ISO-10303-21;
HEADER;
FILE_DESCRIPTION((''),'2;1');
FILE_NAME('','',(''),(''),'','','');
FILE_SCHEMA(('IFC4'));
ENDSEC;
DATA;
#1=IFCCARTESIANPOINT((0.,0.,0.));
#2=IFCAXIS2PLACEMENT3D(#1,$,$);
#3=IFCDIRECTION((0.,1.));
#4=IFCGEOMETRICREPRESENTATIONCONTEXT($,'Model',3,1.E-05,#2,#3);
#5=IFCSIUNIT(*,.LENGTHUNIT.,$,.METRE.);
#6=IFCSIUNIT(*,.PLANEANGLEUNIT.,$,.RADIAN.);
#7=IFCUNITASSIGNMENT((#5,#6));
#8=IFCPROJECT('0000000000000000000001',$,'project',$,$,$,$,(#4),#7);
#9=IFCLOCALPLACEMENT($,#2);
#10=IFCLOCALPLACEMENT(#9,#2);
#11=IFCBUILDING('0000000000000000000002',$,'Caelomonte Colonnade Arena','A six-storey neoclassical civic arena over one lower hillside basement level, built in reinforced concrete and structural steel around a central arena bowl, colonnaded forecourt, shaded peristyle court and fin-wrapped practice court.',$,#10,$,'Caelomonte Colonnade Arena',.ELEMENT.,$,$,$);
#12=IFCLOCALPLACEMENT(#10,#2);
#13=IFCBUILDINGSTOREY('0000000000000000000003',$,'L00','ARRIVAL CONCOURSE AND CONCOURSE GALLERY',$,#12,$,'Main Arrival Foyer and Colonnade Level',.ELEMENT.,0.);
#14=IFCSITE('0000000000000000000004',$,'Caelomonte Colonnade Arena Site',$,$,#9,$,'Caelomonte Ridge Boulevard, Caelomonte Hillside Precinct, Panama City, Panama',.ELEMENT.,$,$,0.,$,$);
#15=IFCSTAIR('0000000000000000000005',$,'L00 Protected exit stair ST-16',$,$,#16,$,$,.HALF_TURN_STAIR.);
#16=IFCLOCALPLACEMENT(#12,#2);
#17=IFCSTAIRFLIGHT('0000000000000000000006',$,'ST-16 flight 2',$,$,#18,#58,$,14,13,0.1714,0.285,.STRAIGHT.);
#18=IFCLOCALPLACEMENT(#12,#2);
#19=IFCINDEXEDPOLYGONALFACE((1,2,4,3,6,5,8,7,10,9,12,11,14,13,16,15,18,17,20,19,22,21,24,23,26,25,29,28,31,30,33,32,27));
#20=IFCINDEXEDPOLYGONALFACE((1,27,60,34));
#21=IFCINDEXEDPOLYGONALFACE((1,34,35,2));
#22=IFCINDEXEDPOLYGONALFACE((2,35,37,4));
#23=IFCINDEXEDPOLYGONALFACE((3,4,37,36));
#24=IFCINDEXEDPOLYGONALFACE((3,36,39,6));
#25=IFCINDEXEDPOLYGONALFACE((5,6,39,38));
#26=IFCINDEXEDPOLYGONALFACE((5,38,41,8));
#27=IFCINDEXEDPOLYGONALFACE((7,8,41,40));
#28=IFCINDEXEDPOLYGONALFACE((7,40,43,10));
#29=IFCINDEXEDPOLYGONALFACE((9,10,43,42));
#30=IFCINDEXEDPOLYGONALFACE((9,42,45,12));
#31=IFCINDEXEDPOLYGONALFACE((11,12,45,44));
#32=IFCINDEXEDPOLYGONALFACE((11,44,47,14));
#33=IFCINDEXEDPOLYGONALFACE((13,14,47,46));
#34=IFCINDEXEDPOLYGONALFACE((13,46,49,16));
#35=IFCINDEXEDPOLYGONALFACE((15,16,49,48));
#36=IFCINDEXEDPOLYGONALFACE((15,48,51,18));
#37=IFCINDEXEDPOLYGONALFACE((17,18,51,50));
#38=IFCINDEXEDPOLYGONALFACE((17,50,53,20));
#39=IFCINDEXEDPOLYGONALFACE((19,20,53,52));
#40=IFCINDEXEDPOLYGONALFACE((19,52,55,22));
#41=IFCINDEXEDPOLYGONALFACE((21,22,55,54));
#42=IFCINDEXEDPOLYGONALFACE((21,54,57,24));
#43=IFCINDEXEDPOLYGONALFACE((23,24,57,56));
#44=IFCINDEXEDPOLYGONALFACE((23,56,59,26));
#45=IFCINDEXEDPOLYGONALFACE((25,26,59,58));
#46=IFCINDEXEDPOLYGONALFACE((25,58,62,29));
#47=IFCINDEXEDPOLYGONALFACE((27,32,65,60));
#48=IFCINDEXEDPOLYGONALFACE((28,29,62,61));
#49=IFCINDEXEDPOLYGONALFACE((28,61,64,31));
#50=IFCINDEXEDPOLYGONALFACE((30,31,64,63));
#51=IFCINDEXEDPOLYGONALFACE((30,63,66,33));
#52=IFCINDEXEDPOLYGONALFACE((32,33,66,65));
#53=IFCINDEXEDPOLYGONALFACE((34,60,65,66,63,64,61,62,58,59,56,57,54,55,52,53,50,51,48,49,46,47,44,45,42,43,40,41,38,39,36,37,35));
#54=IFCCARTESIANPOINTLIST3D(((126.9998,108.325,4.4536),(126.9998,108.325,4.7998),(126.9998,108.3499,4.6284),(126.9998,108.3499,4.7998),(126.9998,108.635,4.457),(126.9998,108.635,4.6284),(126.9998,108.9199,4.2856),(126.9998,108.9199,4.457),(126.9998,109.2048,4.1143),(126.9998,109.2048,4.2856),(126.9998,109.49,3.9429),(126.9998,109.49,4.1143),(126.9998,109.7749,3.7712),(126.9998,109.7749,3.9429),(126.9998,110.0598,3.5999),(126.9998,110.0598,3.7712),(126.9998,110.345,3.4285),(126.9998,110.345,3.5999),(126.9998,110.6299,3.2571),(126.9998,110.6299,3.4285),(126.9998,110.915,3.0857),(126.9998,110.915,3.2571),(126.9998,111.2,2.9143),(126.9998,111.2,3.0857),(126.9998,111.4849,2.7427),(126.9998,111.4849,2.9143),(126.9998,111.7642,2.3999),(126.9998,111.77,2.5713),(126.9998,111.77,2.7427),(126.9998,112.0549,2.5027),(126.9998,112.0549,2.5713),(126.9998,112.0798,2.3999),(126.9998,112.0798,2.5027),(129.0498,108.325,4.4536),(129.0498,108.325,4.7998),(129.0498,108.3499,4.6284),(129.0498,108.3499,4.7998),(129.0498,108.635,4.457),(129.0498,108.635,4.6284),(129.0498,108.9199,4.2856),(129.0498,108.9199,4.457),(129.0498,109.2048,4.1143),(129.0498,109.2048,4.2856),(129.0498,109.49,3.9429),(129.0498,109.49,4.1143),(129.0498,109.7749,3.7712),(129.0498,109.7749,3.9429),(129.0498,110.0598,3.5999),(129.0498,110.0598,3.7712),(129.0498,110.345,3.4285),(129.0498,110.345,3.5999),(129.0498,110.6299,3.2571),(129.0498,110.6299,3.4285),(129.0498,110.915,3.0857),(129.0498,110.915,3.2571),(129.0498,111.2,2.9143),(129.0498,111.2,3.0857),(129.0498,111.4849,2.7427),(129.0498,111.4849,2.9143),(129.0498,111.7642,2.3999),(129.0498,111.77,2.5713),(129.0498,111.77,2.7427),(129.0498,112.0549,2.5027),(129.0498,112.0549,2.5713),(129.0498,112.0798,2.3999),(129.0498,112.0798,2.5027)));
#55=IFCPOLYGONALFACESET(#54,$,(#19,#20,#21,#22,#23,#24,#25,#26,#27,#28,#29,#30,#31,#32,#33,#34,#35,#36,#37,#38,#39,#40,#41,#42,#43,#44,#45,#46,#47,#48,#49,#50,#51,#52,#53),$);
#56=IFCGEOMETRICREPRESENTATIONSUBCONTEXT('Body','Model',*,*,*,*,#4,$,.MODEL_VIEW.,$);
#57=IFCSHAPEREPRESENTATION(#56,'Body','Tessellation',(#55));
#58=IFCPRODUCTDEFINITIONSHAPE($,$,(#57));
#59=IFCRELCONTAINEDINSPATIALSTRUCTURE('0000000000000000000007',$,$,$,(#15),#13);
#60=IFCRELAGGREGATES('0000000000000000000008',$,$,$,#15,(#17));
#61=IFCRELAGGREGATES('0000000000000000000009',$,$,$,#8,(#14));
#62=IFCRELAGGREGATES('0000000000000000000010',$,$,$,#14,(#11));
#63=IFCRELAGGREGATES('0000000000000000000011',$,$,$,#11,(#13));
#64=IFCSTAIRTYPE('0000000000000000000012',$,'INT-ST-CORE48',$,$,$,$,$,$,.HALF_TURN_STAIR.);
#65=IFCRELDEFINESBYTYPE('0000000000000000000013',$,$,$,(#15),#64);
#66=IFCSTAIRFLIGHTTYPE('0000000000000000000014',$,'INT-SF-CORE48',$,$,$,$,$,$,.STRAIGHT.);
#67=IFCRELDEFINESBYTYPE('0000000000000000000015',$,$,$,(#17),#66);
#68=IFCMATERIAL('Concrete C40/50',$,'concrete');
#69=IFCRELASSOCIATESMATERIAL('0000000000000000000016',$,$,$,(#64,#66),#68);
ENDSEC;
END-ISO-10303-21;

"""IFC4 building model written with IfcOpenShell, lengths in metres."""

from ifc_helpers import new_model, si_unit, direction, frame, origin, place, context, subcontext, project, spatial, polyline, outline, extrude, material, type_object, element, aggregate, save


model = new_model("IFC4")

# Units and contexts
model_context = context("Model", 3, precision=1e-05, world=origin(), true_north=direction((0.0, 1.0)))
body_context = subcontext(model_context, "Body", "Model", "MODEL_VIEW")
ifc_project = project(units=[si_unit("LENGTHUNIT", "METRE"), si_unit("PLANEANGLEUNIT", "RADIAN")], contexts=[model_context])

# Site, building, storey
site_placement = place(None, origin())
site = spatial("IfcSite", under=ifc_project, at=site_placement, Name="Caelomonte Colonnade Arena Site", LongName="Caelomonte Ridge Boulevard, Caelomonte Hillside Precinct, Panama City, Panama", CompositionType="ELEMENT", RefElevation=0.0)
building_placement = place(site_placement, origin())
building = spatial("IfcBuilding", under=site, at=building_placement, Name="Caelomonte Colonnade Arena", Description="A six-storey neoclassical civic arena over one lower hillside basement level, built in reinforced concrete and structural steel around a central arena bowl, colonnaded forecourt, shaded peristyle court and fin-wrapped practice court.", LongName="Caelomonte Colonnade Arena", CompositionType="ELEMENT")
storey_placement = place(building_placement, origin())
storey = spatial("IfcBuildingStorey", under=building, at=storey_placement, Name="L00", Description="ARRIVAL CONCOURSE AND CONCOURSE GALLERY", LongName="Main Arrival Foyer and Colonnade Level", CompositionType="ELEMENT", Elevation=0.0)

# Shared definitions
ifc_material_1 = material(Name="Concrete C40/50", Category="concrete")

# Stair, stair flight
stair_type = type_object("IfcStairType", Name="INT-ST-CORE48", PredefinedType="HALF_TURN_STAIR", material=ifc_material_1)
stair_placement = place(storey_placement, origin())
stair = element("IfcStair", 1, at=stair_placement, inside=storey, type_object=stair_type, Name="L00 Protected exit stair ST-16", PredefinedType="HALF_TURN_STAIR")
stair_flight_type = type_object("IfcStairFlightType", Name="INT-SF-CORE48", PredefinedType="STRAIGHT", material=ifc_material_1)
stair_flight_1_placement = place(storey_placement, frame((128.0249, 112.0549, 2.3999), z_axis=(0.0, 0.0, 1.0), x_axis=(0.0, -1.0, 0.0)))
stair_flight_1 = element("IfcStairFlight", 2, at=stair_flight_1_placement, type_object=stair_flight_type, Name="ST-16 flight 2", NumberOfRisers=14, NumberOfTreads=13, PredefinedType="STRAIGHT", RiserHeight=0.1714, TreadLength=0.285, context=body_context, shape_type="SweptSolid", body=[
    extrude(outline(polyline([(-0.0249, 0.0), (-0.0249, 0.1028), (0.0, 0.1028), (0.0, 0.1714), (0.2849, 0.1714), (0.2849, 0.3428), (0.5701, 0.3428), (0.5701, 0.5144), (0.855, 0.5144), (0.855, 0.6858), (1.1399, 0.6858), (1.1399, 0.8572), (1.425, 0.8572), (1.425, 1.0286), (1.71, 1.0286), (1.71, 1.2), (1.9951, 1.2), (1.9951, 1.3713), (2.28, 1.3713), (2.28, 1.543), (2.5649, 1.543), (2.5649, 1.7144), (2.8501, 1.7144), (2.8501, 1.8857), (3.135, 1.8857), (3.135, 2.0571), (3.4199, 2.0571), (3.4199, 2.2285), (3.7051, 2.2285), (3.7051, 2.3999), (3.73, 2.3999), (3.73, 2.0537), (0.2908, 0.0), (-0.0249, 0.0)])), frame((0.0, 1.0249, 0.0), z_axis=(0.0, -1.0, 0.0), x_axis=(1.0, 0.0, 0.0)), (0.0, 0.0, 1.0), 2.05),
])
aggregate(stair, [stair_flight_1])

save(model, "model.ifc")
